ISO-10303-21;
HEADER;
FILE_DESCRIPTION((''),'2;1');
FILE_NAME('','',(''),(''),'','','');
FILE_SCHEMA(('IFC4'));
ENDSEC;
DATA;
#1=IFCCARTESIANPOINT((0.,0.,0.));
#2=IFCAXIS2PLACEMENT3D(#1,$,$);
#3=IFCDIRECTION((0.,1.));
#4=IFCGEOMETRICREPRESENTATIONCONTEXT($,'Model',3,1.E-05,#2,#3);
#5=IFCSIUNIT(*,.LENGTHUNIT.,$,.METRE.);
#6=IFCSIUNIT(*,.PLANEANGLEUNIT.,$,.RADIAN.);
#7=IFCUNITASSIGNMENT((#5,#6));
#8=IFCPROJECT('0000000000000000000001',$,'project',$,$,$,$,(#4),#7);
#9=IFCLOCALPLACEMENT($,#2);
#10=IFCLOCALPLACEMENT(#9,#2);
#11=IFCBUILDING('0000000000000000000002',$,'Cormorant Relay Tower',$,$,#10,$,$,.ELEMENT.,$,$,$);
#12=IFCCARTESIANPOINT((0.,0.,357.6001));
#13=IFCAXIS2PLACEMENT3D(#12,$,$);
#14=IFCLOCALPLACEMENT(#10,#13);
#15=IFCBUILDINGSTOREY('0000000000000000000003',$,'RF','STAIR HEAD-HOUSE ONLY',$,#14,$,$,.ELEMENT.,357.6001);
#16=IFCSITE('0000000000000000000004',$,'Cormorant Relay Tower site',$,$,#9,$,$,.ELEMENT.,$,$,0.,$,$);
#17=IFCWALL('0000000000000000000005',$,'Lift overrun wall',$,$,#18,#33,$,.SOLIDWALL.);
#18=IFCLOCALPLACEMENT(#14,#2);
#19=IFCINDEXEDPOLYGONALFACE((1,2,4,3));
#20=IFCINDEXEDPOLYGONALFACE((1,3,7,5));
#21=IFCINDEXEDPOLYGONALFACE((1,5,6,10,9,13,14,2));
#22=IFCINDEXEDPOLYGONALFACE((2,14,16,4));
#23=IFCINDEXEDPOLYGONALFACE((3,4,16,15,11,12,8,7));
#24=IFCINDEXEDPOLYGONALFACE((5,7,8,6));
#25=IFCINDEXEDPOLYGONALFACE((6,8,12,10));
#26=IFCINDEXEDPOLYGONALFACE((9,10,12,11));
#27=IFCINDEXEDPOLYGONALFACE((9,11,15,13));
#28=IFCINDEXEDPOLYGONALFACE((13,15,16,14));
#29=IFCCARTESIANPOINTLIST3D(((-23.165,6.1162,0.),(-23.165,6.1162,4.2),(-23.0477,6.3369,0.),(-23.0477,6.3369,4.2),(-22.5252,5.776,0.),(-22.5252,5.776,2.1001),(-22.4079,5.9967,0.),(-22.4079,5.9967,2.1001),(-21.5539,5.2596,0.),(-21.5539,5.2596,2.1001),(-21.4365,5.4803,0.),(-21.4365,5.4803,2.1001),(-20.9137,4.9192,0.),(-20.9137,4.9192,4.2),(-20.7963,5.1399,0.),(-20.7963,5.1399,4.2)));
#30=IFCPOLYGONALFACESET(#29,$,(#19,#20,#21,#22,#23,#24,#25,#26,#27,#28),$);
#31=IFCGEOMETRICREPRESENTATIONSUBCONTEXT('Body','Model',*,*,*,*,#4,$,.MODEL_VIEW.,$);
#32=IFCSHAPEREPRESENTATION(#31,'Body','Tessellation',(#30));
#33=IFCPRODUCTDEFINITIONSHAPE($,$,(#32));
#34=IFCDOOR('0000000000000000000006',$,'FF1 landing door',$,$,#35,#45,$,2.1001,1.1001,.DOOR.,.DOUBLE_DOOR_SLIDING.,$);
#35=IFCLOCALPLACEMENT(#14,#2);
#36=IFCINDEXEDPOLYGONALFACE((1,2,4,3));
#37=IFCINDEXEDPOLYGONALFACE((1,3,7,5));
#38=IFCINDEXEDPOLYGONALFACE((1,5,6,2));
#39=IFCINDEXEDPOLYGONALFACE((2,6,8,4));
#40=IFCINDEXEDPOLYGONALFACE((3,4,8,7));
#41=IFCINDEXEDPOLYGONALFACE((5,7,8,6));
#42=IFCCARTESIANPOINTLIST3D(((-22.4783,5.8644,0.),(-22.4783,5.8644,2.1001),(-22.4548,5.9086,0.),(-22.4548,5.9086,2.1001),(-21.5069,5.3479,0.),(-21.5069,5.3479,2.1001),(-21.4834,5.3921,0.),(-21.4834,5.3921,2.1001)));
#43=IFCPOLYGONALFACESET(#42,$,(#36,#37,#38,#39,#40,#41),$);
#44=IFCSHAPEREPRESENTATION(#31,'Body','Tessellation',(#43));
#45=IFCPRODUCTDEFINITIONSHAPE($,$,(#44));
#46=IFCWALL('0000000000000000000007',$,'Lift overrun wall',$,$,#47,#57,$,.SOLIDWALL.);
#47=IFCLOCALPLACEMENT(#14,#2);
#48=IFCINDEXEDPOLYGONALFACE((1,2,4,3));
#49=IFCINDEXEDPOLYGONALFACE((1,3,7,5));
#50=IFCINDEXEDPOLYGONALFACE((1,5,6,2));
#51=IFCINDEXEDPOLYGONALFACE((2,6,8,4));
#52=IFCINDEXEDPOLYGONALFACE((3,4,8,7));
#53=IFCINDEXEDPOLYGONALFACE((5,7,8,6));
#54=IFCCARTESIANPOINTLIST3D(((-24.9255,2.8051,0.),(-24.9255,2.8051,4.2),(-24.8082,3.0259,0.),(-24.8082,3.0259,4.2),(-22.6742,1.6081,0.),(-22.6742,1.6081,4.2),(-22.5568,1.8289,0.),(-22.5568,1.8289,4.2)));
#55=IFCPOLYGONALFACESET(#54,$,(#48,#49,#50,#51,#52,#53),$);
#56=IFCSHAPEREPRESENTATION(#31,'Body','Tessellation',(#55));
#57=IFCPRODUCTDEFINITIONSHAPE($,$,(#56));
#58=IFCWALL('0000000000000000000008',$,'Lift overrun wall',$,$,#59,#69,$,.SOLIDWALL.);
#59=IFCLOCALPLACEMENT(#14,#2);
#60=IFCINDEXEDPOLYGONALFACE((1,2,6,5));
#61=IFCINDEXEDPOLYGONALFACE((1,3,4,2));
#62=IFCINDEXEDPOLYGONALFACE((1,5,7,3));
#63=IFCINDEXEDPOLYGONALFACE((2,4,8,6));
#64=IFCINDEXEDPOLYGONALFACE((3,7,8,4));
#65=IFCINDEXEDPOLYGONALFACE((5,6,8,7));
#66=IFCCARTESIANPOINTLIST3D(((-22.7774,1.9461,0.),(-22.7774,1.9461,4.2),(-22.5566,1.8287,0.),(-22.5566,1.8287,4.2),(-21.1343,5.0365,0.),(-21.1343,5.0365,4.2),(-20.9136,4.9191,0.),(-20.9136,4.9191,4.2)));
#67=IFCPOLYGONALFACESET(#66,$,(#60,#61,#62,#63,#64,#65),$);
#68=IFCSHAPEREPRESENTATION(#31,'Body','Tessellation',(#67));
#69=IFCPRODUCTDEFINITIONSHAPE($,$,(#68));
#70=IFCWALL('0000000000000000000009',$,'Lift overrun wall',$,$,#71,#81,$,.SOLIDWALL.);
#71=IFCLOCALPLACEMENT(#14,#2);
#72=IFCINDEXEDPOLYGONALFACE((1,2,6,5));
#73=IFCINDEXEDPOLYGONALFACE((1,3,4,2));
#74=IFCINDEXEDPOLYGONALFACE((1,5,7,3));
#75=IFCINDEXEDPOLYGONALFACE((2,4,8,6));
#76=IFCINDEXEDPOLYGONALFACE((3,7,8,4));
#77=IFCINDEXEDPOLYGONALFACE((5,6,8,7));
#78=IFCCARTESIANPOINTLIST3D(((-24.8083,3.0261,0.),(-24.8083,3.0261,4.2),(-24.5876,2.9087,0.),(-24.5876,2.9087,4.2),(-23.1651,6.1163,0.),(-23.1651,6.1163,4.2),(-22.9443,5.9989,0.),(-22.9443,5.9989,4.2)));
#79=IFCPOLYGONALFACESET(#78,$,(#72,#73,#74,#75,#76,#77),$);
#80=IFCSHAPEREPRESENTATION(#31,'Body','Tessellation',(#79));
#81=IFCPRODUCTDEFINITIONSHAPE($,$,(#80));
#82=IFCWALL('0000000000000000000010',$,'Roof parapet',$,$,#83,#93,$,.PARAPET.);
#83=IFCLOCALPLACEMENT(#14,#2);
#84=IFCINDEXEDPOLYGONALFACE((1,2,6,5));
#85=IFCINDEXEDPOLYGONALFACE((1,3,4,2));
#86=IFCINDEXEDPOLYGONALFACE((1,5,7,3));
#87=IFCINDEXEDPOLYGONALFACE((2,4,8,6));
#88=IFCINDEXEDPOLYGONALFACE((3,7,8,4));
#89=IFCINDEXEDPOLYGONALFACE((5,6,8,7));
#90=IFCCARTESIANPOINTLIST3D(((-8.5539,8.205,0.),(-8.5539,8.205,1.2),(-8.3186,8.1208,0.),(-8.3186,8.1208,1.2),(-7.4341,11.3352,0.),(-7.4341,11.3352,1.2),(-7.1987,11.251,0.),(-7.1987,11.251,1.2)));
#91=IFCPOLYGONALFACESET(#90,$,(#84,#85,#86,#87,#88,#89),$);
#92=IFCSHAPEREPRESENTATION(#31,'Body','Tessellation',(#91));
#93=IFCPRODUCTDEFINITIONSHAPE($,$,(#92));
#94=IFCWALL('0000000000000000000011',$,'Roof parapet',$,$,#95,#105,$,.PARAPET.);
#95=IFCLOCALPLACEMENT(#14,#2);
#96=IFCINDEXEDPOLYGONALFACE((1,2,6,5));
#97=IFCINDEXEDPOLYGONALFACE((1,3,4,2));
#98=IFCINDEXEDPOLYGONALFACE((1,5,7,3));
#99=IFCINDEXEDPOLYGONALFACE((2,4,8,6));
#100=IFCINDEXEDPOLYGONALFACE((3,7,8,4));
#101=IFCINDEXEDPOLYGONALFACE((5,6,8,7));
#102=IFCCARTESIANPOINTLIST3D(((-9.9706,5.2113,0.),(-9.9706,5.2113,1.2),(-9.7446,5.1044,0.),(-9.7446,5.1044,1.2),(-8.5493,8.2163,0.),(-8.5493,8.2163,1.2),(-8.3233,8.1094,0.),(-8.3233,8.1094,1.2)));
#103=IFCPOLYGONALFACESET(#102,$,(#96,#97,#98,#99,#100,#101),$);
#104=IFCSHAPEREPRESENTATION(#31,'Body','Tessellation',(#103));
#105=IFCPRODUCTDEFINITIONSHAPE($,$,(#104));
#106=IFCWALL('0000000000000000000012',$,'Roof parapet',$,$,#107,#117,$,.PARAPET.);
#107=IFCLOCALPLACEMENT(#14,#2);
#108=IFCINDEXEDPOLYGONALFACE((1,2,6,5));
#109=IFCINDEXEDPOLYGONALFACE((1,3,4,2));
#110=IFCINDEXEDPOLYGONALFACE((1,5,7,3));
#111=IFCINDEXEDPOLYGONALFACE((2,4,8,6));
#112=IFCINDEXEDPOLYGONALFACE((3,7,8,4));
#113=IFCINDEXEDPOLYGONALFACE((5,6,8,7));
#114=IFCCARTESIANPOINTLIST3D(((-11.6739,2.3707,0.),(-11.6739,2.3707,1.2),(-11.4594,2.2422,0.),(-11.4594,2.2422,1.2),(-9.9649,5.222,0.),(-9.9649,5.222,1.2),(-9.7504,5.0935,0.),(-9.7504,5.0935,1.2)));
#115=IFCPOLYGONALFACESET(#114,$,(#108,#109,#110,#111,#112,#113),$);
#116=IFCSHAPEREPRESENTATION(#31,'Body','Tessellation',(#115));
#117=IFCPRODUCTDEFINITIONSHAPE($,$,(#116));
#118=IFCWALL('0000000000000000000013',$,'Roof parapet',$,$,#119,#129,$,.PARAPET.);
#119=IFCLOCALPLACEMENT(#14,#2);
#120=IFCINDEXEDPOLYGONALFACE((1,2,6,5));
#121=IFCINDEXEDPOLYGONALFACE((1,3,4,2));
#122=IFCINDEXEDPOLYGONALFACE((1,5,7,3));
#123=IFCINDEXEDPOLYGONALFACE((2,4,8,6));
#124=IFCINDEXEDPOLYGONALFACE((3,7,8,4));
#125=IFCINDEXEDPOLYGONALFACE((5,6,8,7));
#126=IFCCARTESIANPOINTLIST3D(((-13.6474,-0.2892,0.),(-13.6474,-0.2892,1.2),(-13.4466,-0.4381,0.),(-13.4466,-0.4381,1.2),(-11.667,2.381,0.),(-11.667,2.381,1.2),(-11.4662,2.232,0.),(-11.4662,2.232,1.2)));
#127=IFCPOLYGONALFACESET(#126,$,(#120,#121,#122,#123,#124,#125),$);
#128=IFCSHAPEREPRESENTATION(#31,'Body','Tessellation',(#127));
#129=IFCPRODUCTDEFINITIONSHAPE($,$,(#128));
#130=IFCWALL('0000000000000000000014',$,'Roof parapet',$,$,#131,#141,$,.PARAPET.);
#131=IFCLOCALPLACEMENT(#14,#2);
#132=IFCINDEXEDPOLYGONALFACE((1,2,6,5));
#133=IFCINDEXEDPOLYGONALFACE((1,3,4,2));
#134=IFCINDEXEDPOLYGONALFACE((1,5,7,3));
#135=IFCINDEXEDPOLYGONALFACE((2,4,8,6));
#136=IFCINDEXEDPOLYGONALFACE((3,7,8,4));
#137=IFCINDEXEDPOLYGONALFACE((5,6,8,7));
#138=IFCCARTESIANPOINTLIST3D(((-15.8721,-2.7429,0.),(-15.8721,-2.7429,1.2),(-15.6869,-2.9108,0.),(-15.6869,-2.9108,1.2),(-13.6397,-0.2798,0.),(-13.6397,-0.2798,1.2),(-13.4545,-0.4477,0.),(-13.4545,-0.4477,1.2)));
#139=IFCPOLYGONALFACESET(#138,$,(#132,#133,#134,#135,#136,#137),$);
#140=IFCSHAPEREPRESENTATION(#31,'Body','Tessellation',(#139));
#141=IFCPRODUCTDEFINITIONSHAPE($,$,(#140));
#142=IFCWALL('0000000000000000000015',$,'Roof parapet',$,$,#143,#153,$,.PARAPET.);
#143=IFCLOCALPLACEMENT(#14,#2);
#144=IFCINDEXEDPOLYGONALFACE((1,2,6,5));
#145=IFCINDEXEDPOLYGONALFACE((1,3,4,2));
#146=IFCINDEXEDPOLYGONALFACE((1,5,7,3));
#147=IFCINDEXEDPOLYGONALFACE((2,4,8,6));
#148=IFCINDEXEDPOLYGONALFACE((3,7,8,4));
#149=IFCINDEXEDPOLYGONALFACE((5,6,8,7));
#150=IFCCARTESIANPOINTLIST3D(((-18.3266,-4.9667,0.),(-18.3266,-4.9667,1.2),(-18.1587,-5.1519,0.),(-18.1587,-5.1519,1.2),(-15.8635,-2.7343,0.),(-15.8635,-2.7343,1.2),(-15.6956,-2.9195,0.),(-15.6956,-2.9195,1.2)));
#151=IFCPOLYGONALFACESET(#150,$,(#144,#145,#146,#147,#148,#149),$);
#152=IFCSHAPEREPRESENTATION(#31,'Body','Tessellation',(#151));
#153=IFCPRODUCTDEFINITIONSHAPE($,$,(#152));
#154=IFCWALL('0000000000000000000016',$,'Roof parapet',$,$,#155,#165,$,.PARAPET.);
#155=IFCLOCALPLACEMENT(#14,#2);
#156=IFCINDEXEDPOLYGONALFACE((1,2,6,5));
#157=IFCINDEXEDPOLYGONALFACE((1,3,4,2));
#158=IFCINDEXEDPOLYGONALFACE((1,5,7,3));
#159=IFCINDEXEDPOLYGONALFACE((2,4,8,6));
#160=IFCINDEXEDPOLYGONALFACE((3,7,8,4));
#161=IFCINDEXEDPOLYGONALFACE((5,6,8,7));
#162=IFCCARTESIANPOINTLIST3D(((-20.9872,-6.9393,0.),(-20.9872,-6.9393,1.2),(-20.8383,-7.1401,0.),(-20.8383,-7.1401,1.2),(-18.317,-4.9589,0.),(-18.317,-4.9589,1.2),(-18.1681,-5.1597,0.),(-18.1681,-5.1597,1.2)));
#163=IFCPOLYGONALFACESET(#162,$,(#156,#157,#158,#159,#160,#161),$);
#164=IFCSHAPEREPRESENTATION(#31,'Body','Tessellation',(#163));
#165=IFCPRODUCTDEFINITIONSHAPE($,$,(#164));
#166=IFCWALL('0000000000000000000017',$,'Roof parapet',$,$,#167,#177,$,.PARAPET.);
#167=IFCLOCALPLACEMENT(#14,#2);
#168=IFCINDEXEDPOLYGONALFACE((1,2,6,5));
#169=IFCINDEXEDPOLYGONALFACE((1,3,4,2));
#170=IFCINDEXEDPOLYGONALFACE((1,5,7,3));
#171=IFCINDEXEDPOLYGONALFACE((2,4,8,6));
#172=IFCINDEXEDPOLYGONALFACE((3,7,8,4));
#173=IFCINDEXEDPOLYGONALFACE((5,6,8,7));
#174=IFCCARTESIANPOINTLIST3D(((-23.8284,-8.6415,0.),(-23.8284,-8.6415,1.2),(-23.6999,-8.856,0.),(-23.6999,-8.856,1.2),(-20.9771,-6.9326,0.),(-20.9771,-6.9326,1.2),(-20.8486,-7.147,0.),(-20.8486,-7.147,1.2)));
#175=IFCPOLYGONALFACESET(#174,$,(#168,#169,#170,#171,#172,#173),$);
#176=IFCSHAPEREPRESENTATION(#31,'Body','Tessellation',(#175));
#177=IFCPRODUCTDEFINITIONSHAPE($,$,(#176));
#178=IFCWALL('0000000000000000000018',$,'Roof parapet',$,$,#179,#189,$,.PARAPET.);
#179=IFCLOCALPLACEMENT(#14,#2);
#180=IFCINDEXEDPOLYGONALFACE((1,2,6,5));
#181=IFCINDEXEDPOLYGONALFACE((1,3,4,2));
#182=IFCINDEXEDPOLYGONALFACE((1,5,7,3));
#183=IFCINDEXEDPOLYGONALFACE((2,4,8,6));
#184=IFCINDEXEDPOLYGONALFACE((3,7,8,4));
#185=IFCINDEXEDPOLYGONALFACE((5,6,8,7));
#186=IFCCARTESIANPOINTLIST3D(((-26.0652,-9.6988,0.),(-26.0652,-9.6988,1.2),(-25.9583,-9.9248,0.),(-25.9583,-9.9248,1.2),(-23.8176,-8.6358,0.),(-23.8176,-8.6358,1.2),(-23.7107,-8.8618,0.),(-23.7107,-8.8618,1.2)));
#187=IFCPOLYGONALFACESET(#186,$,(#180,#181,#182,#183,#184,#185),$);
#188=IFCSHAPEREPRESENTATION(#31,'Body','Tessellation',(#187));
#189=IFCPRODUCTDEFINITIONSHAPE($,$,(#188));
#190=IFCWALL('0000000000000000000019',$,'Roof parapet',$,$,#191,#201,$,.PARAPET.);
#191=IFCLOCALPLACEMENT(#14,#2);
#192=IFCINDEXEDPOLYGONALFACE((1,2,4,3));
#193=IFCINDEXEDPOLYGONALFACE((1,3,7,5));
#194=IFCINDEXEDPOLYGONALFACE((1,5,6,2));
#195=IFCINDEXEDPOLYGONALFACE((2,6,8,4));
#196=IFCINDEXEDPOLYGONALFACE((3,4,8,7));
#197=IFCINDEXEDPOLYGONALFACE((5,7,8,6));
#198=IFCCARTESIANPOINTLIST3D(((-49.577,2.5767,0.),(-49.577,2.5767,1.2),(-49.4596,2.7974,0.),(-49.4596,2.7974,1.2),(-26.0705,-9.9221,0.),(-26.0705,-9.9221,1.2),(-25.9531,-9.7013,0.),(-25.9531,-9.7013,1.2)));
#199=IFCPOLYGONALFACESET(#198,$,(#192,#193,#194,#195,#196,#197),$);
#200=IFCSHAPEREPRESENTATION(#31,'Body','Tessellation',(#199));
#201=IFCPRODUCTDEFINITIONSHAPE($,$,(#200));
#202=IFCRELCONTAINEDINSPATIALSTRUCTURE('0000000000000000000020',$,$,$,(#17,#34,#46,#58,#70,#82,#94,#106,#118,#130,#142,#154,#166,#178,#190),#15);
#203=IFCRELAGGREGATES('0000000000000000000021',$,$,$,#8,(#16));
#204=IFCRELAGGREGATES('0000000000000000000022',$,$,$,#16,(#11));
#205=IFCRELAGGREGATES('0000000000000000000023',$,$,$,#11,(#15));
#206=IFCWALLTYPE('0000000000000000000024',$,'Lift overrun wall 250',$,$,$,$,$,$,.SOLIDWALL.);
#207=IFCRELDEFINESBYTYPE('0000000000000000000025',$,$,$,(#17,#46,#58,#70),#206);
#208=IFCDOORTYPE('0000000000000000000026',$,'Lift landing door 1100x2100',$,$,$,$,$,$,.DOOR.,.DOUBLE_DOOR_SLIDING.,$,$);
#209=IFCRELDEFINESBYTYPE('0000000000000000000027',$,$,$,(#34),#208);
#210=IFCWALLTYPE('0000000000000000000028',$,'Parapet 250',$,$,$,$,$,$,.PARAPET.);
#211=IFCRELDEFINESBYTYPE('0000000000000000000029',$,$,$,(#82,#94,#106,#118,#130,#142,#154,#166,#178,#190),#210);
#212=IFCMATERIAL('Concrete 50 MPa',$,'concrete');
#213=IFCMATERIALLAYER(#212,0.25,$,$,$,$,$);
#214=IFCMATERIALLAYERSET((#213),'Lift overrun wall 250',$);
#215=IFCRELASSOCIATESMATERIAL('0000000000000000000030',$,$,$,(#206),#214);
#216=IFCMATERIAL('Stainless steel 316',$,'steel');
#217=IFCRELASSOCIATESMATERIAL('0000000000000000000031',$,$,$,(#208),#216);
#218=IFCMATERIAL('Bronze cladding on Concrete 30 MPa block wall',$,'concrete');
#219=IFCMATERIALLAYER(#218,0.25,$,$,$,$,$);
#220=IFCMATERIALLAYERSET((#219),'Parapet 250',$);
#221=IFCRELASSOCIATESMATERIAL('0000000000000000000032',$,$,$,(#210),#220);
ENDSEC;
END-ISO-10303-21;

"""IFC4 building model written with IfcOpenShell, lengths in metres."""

from ifc_helpers import new_model, si_unit, direction, frame, frame_2d, origin, place, context, subcontext, project, spatial, rectangle, extrude, material, layer, layer_set, type_object, element, fill, save


model = new_model("IFC4")

# Units and contexts
model_context = context("Model", 3, precision=1e-05, world=origin(), true_north=direction((0.0, 1.0)))
body_context = subcontext(model_context, "Body", "Model", "MODEL_VIEW")
ifc_project = project(units=[si_unit("LENGTHUNIT", "METRE"), si_unit("PLANEANGLEUNIT", "RADIAN")], contexts=[model_context])

# Site, building, storey
site_placement = place(None, origin())
site = spatial("IfcSite", under=ifc_project, at=site_placement, Name="Cormorant Relay Tower site", CompositionType="ELEMENT", RefElevation=0.0)
building_placement = place(site_placement, origin())
building = spatial("IfcBuilding", under=site, at=building_placement, Name="Cormorant Relay Tower", CompositionType="ELEMENT")
storey_placement = place(building_placement, frame((0.0, 0.0, 357.6001)))
storey = spatial("IfcBuildingStorey", under=building, at=storey_placement, Name="RF", Description="STAIR HEAD-HOUSE ONLY", CompositionType="ELEMENT", Elevation=357.6001)

# Wall, opening, door
ifc_material_1 = material(Name="Concrete 50 MPa", Category="concrete")
ifc_layer_1 = layer(ifc_material_1, 0.25)
ifc_layer_set_1 = layer_set([ifc_layer_1], Name="Lift overrun wall 250")
wall_type_1 = type_object("IfcWallType", Name="Lift overrun wall 250", PredefinedType="SOLIDWALL", material=ifc_layer_set_1)
wall_1_placement = place(storey_placement, frame((-20.855, 5.0295, 0.0), z_axis=(0.0, 0.0, 1.0), x_axis=(-0.882964, 0.46944, 0.0)))
wall_1 = element("IfcWall", 1, at=wall_1_placement, inside=storey, type_object=wall_type_1, Name="Lift overrun wall", PredefinedType="SOLIDWALL", context=body_context, shape_type="SweptSolid", body=[
    extrude(rectangle(XDim=2.5498, YDim=0.25, at=frame_2d((1.2749, 0.0))), origin(), (0.0, 0.0, 1.0), 4.2),
])
opening_placement = place(wall_1_placement, frame((0.7251, 0.0, 0.0)))
opening = element("IfcOpeningElement", 2, at=opening_placement, cuts=wall_1, PredefinedType="OPENING", context=body_context, shape_type="SweptSolid", body=[
    extrude(rectangle(XDim=1.1001, YDim=2.1001, at=frame_2d((0.55, 1.05))), frame((0.0, 0.135, 0.0), z_axis=(0.0, -1.0, 0.0), x_axis=(1.0, 0.0, 0.0)), (0.0, 0.0, 1.0), 0.27),
])
ifc_material_2 = material(Name="Stainless steel 316", Category="steel")
door_type = type_object("IfcDoorType", Name="Lift landing door 1100x2100", OperationType="DOUBLE_DOOR_SLIDING", PredefinedType="DOOR", material=ifc_material_2)
door_placement = place(opening_placement, origin())
door = element("IfcDoor", 3, at=door_placement, inside=storey, type_object=door_type, Name="FF1 landing door", OperationType="DOUBLE_DOOR_SLIDING", OverallHeight=2.1001, OverallWidth=1.1001, PredefinedType="DOOR", context=body_context, shape_type="SweptSolid", body=[
    extrude(rectangle(XDim=1.1001, YDim=2.1001, at=frame_2d((0.55, 1.05))), frame((0.0, 0.0249, 0.0), z_axis=(0.0, -1.0, 0.0), x_axis=(1.0, 0.0, 0.0)), (0.0, 0.0, 1.0), 0.05),
])
fill(opening, door)

# Walls
wall_2_placement = place(storey_placement, frame((-22.6155, 1.7185, 0.0), z_axis=(0.0, 0.0, 1.0), x_axis=(-0.882964, 0.46944, 0.0)))
element("IfcWall", 4, at=wall_2_placement, inside=storey, type_object=wall_type_1, Name="Lift overrun wall", PredefinedType="SOLIDWALL", context=body_context, shape_type="SweptSolid", body=[
    extrude(rectangle(XDim=2.5498, YDim=0.25, at=frame_2d((1.2749, 0.0))), origin(), (0.0, 0.0, 1.0), 4.2),
])
for number, where, z_axis, x_axis, name in (
    (5, (-21.0239, 4.9778, 0.0), (0.0, 0.0, 1.0), (-0.469451, -0.882959, 0.0), "Lift overrun wall"),
    (6, (-23.0547, 6.0576, 0.0), (0.0, 0.0, 1.0), (-0.469505, -0.88293, 0.0), "Lift overrun wall"),
):
    element("IfcWall", number, at=place(storey_placement, frame(where, z_axis=z_axis, x_axis=x_axis)), inside=storey, type_object=wall_type_1, Name=name, PredefinedType="SOLIDWALL", context=body_context, shape_type="SweptSolid", body=[
        extrude(rectangle(XDim=3.5, YDim=0.25, at=frame_2d((1.75, 0.0))), origin(), (0.0, 0.0, 1.0), 4.2),
    ])
ifc_material_3 = material(Name="Bronze cladding on Concrete 30 MPa block wall", Category="concrete")
ifc_layer_2 = layer(ifc_material_3, 0.25)
ifc_layer_set_2 = layer_set([ifc_layer_2], Name="Parapet 250")
wall_type_2 = type_object("IfcWallType", Name="Parapet 250", PredefinedType="PARAPET", material=ifc_layer_set_2)
wall_3_placement = place(storey_placement, frame((-7.3164, 11.293, 0.0), z_axis=(0.0, 0.0, 1.0), x_axis=(-0.336862, -0.941554, 0.0)))
element("IfcWall", 7, at=wall_3_placement, inside=storey, type_object=wall_type_2, Name="Roof parapet", PredefinedType="PARAPET", context=body_context, shape_type="SweptSolid", body=[
    extrude(rectangle(XDim=3.3245, YDim=0.25, at=frame_2d((1.6621, 0.0))), origin(), (0.0, 0.0, 1.0), 1.2),
])
for number, where, z_axis, x_axis, name in (
    (8, (-8.4363, 8.1628, 0.0), (0.0, 0.0, 1.0), (-0.427572, -0.903981, 0.0), "Roof parapet"),
    (9, (-9.8577, 5.1577, 0.0), (0.0, 0.0, 1.0), (-0.514096, -0.857733, 0.0), "Roof parapet"),
):
    element("IfcWall", number, at=place(storey_placement, frame(where, z_axis=z_axis, x_axis=x_axis)), inside=storey, type_object=wall_type_2, Name=name, PredefinedType="PARAPET", context=body_context, shape_type="SweptSolid", body=[
        extrude(rectangle(XDim=3.3242, YDim=0.25, at=frame_2d((1.6621, 0.0))), origin(), (0.0, 0.0, 1.0), 1.2),
    ])
wall_4_placement = place(storey_placement, frame((-11.5667, 2.3064, 0.0), z_axis=(0.0, 0.0, 1.0), x_axis=(-0.595726, -0.803188, 0.0)))
element("IfcWall", 10, at=wall_4_placement, inside=storey, type_object=wall_type_2, Name="Roof parapet", PredefinedType="PARAPET", context=body_context, shape_type="SweptSolid", body=[
    extrude(rectangle(XDim=3.3245, YDim=0.25, at=frame_2d((1.6621, 0.0))), origin(), (0.0, 0.0, 1.0), 1.2),
])
for number, where, z_axis, x_axis, name in (
    (11, (-13.5471, -0.3638, 0.0), (0.0, 0.0, 1.0), (-0.671553, -0.740956, 0.0), "Roof parapet"),
    (12, (-15.7795, -2.8269, 0.0), (0.0, 0.0, 1.0), (-0.740956, -0.671553, 0.0), "Roof parapet"),
):
    element("IfcWall", number, at=place(storey_placement, frame(where, z_axis=z_axis, x_axis=x_axis)), inside=storey, type_object=wall_type_2, Name=name, PredefinedType="PARAPET", context=body_context, shape_type="SweptSolid", body=[
        extrude(rectangle(XDim=3.3242, YDim=0.25, at=frame_2d((1.6621, 0.0))), origin(), (0.0, 0.0, 1.0), 1.2),
    ])
wall_5_placement = place(storey_placement, frame((-18.2427, -5.0593, 0.0), z_axis=(0.0, 0.0, 1.0), x_axis=(-0.803188, -0.595726, 0.0)))
element("IfcWall", 13, at=wall_5_placement, inside=storey, type_object=wall_type_2, Name="Roof parapet", PredefinedType="PARAPET", context=body_context, shape_type="SweptSolid", body=[
    extrude(rectangle(XDim=3.3245, YDim=0.25, at=frame_2d((1.6621, 0.0))), origin(), (0.0, 0.0, 1.0), 1.2),
])
wall_6_placement = place(storey_placement, frame((-20.9128, -7.0398, 0.0), z_axis=(0.0, 0.0, 1.0), x_axis=(-0.857733, -0.514096, 0.0)))
element("IfcWall", 14, at=wall_6_placement, inside=storey, type_object=wall_type_2, Name="Roof parapet", PredefinedType="PARAPET", context=body_context, shape_type="SweptSolid", body=[
    extrude(rectangle(XDim=3.3242, YDim=0.25, at=frame_2d((1.6621, 0.0))), origin(), (0.0, 0.0, 1.0), 1.2),
])
wall_7_placement = place(storey_placement, frame((-23.7642, -8.7488, 0.0), z_axis=(0.0, 0.0, 1.0), x_axis=(-0.903994, -0.427546, 0.0)))
element("IfcWall", 15, at=wall_7_placement, inside=storey, type_object=wall_type_2, Name="Roof parapet", PredefinedType="PARAPET", context=body_context, shape_type="SweptSolid", body=[
    extrude(rectangle(XDim=2.4863, YDim=0.25, at=frame_2d((1.2432, 0.0))), origin(), (0.0, 0.0, 1.0), 1.2),
])
wall_8_placement = place(storey_placement, frame((-26.0117, -9.8118, 0.0), z_axis=(0.0, 0.0, 1.0), x_axis=(-0.882946, 0.469475, 0.0)))
element("IfcWall", 16, at=wall_8_placement, inside=storey, type_object=wall_type_2, Name="Roof parapet", PredefinedType="PARAPET", context=body_context, shape_type="SweptSolid", body=[
    extrude(rectangle(XDim=26.6228, YDim=0.25, at=frame_2d((13.3115, 0.0))), origin(), (0.0, 0.0, 1.0), 1.2),
])

save(model, "model.ifc")
